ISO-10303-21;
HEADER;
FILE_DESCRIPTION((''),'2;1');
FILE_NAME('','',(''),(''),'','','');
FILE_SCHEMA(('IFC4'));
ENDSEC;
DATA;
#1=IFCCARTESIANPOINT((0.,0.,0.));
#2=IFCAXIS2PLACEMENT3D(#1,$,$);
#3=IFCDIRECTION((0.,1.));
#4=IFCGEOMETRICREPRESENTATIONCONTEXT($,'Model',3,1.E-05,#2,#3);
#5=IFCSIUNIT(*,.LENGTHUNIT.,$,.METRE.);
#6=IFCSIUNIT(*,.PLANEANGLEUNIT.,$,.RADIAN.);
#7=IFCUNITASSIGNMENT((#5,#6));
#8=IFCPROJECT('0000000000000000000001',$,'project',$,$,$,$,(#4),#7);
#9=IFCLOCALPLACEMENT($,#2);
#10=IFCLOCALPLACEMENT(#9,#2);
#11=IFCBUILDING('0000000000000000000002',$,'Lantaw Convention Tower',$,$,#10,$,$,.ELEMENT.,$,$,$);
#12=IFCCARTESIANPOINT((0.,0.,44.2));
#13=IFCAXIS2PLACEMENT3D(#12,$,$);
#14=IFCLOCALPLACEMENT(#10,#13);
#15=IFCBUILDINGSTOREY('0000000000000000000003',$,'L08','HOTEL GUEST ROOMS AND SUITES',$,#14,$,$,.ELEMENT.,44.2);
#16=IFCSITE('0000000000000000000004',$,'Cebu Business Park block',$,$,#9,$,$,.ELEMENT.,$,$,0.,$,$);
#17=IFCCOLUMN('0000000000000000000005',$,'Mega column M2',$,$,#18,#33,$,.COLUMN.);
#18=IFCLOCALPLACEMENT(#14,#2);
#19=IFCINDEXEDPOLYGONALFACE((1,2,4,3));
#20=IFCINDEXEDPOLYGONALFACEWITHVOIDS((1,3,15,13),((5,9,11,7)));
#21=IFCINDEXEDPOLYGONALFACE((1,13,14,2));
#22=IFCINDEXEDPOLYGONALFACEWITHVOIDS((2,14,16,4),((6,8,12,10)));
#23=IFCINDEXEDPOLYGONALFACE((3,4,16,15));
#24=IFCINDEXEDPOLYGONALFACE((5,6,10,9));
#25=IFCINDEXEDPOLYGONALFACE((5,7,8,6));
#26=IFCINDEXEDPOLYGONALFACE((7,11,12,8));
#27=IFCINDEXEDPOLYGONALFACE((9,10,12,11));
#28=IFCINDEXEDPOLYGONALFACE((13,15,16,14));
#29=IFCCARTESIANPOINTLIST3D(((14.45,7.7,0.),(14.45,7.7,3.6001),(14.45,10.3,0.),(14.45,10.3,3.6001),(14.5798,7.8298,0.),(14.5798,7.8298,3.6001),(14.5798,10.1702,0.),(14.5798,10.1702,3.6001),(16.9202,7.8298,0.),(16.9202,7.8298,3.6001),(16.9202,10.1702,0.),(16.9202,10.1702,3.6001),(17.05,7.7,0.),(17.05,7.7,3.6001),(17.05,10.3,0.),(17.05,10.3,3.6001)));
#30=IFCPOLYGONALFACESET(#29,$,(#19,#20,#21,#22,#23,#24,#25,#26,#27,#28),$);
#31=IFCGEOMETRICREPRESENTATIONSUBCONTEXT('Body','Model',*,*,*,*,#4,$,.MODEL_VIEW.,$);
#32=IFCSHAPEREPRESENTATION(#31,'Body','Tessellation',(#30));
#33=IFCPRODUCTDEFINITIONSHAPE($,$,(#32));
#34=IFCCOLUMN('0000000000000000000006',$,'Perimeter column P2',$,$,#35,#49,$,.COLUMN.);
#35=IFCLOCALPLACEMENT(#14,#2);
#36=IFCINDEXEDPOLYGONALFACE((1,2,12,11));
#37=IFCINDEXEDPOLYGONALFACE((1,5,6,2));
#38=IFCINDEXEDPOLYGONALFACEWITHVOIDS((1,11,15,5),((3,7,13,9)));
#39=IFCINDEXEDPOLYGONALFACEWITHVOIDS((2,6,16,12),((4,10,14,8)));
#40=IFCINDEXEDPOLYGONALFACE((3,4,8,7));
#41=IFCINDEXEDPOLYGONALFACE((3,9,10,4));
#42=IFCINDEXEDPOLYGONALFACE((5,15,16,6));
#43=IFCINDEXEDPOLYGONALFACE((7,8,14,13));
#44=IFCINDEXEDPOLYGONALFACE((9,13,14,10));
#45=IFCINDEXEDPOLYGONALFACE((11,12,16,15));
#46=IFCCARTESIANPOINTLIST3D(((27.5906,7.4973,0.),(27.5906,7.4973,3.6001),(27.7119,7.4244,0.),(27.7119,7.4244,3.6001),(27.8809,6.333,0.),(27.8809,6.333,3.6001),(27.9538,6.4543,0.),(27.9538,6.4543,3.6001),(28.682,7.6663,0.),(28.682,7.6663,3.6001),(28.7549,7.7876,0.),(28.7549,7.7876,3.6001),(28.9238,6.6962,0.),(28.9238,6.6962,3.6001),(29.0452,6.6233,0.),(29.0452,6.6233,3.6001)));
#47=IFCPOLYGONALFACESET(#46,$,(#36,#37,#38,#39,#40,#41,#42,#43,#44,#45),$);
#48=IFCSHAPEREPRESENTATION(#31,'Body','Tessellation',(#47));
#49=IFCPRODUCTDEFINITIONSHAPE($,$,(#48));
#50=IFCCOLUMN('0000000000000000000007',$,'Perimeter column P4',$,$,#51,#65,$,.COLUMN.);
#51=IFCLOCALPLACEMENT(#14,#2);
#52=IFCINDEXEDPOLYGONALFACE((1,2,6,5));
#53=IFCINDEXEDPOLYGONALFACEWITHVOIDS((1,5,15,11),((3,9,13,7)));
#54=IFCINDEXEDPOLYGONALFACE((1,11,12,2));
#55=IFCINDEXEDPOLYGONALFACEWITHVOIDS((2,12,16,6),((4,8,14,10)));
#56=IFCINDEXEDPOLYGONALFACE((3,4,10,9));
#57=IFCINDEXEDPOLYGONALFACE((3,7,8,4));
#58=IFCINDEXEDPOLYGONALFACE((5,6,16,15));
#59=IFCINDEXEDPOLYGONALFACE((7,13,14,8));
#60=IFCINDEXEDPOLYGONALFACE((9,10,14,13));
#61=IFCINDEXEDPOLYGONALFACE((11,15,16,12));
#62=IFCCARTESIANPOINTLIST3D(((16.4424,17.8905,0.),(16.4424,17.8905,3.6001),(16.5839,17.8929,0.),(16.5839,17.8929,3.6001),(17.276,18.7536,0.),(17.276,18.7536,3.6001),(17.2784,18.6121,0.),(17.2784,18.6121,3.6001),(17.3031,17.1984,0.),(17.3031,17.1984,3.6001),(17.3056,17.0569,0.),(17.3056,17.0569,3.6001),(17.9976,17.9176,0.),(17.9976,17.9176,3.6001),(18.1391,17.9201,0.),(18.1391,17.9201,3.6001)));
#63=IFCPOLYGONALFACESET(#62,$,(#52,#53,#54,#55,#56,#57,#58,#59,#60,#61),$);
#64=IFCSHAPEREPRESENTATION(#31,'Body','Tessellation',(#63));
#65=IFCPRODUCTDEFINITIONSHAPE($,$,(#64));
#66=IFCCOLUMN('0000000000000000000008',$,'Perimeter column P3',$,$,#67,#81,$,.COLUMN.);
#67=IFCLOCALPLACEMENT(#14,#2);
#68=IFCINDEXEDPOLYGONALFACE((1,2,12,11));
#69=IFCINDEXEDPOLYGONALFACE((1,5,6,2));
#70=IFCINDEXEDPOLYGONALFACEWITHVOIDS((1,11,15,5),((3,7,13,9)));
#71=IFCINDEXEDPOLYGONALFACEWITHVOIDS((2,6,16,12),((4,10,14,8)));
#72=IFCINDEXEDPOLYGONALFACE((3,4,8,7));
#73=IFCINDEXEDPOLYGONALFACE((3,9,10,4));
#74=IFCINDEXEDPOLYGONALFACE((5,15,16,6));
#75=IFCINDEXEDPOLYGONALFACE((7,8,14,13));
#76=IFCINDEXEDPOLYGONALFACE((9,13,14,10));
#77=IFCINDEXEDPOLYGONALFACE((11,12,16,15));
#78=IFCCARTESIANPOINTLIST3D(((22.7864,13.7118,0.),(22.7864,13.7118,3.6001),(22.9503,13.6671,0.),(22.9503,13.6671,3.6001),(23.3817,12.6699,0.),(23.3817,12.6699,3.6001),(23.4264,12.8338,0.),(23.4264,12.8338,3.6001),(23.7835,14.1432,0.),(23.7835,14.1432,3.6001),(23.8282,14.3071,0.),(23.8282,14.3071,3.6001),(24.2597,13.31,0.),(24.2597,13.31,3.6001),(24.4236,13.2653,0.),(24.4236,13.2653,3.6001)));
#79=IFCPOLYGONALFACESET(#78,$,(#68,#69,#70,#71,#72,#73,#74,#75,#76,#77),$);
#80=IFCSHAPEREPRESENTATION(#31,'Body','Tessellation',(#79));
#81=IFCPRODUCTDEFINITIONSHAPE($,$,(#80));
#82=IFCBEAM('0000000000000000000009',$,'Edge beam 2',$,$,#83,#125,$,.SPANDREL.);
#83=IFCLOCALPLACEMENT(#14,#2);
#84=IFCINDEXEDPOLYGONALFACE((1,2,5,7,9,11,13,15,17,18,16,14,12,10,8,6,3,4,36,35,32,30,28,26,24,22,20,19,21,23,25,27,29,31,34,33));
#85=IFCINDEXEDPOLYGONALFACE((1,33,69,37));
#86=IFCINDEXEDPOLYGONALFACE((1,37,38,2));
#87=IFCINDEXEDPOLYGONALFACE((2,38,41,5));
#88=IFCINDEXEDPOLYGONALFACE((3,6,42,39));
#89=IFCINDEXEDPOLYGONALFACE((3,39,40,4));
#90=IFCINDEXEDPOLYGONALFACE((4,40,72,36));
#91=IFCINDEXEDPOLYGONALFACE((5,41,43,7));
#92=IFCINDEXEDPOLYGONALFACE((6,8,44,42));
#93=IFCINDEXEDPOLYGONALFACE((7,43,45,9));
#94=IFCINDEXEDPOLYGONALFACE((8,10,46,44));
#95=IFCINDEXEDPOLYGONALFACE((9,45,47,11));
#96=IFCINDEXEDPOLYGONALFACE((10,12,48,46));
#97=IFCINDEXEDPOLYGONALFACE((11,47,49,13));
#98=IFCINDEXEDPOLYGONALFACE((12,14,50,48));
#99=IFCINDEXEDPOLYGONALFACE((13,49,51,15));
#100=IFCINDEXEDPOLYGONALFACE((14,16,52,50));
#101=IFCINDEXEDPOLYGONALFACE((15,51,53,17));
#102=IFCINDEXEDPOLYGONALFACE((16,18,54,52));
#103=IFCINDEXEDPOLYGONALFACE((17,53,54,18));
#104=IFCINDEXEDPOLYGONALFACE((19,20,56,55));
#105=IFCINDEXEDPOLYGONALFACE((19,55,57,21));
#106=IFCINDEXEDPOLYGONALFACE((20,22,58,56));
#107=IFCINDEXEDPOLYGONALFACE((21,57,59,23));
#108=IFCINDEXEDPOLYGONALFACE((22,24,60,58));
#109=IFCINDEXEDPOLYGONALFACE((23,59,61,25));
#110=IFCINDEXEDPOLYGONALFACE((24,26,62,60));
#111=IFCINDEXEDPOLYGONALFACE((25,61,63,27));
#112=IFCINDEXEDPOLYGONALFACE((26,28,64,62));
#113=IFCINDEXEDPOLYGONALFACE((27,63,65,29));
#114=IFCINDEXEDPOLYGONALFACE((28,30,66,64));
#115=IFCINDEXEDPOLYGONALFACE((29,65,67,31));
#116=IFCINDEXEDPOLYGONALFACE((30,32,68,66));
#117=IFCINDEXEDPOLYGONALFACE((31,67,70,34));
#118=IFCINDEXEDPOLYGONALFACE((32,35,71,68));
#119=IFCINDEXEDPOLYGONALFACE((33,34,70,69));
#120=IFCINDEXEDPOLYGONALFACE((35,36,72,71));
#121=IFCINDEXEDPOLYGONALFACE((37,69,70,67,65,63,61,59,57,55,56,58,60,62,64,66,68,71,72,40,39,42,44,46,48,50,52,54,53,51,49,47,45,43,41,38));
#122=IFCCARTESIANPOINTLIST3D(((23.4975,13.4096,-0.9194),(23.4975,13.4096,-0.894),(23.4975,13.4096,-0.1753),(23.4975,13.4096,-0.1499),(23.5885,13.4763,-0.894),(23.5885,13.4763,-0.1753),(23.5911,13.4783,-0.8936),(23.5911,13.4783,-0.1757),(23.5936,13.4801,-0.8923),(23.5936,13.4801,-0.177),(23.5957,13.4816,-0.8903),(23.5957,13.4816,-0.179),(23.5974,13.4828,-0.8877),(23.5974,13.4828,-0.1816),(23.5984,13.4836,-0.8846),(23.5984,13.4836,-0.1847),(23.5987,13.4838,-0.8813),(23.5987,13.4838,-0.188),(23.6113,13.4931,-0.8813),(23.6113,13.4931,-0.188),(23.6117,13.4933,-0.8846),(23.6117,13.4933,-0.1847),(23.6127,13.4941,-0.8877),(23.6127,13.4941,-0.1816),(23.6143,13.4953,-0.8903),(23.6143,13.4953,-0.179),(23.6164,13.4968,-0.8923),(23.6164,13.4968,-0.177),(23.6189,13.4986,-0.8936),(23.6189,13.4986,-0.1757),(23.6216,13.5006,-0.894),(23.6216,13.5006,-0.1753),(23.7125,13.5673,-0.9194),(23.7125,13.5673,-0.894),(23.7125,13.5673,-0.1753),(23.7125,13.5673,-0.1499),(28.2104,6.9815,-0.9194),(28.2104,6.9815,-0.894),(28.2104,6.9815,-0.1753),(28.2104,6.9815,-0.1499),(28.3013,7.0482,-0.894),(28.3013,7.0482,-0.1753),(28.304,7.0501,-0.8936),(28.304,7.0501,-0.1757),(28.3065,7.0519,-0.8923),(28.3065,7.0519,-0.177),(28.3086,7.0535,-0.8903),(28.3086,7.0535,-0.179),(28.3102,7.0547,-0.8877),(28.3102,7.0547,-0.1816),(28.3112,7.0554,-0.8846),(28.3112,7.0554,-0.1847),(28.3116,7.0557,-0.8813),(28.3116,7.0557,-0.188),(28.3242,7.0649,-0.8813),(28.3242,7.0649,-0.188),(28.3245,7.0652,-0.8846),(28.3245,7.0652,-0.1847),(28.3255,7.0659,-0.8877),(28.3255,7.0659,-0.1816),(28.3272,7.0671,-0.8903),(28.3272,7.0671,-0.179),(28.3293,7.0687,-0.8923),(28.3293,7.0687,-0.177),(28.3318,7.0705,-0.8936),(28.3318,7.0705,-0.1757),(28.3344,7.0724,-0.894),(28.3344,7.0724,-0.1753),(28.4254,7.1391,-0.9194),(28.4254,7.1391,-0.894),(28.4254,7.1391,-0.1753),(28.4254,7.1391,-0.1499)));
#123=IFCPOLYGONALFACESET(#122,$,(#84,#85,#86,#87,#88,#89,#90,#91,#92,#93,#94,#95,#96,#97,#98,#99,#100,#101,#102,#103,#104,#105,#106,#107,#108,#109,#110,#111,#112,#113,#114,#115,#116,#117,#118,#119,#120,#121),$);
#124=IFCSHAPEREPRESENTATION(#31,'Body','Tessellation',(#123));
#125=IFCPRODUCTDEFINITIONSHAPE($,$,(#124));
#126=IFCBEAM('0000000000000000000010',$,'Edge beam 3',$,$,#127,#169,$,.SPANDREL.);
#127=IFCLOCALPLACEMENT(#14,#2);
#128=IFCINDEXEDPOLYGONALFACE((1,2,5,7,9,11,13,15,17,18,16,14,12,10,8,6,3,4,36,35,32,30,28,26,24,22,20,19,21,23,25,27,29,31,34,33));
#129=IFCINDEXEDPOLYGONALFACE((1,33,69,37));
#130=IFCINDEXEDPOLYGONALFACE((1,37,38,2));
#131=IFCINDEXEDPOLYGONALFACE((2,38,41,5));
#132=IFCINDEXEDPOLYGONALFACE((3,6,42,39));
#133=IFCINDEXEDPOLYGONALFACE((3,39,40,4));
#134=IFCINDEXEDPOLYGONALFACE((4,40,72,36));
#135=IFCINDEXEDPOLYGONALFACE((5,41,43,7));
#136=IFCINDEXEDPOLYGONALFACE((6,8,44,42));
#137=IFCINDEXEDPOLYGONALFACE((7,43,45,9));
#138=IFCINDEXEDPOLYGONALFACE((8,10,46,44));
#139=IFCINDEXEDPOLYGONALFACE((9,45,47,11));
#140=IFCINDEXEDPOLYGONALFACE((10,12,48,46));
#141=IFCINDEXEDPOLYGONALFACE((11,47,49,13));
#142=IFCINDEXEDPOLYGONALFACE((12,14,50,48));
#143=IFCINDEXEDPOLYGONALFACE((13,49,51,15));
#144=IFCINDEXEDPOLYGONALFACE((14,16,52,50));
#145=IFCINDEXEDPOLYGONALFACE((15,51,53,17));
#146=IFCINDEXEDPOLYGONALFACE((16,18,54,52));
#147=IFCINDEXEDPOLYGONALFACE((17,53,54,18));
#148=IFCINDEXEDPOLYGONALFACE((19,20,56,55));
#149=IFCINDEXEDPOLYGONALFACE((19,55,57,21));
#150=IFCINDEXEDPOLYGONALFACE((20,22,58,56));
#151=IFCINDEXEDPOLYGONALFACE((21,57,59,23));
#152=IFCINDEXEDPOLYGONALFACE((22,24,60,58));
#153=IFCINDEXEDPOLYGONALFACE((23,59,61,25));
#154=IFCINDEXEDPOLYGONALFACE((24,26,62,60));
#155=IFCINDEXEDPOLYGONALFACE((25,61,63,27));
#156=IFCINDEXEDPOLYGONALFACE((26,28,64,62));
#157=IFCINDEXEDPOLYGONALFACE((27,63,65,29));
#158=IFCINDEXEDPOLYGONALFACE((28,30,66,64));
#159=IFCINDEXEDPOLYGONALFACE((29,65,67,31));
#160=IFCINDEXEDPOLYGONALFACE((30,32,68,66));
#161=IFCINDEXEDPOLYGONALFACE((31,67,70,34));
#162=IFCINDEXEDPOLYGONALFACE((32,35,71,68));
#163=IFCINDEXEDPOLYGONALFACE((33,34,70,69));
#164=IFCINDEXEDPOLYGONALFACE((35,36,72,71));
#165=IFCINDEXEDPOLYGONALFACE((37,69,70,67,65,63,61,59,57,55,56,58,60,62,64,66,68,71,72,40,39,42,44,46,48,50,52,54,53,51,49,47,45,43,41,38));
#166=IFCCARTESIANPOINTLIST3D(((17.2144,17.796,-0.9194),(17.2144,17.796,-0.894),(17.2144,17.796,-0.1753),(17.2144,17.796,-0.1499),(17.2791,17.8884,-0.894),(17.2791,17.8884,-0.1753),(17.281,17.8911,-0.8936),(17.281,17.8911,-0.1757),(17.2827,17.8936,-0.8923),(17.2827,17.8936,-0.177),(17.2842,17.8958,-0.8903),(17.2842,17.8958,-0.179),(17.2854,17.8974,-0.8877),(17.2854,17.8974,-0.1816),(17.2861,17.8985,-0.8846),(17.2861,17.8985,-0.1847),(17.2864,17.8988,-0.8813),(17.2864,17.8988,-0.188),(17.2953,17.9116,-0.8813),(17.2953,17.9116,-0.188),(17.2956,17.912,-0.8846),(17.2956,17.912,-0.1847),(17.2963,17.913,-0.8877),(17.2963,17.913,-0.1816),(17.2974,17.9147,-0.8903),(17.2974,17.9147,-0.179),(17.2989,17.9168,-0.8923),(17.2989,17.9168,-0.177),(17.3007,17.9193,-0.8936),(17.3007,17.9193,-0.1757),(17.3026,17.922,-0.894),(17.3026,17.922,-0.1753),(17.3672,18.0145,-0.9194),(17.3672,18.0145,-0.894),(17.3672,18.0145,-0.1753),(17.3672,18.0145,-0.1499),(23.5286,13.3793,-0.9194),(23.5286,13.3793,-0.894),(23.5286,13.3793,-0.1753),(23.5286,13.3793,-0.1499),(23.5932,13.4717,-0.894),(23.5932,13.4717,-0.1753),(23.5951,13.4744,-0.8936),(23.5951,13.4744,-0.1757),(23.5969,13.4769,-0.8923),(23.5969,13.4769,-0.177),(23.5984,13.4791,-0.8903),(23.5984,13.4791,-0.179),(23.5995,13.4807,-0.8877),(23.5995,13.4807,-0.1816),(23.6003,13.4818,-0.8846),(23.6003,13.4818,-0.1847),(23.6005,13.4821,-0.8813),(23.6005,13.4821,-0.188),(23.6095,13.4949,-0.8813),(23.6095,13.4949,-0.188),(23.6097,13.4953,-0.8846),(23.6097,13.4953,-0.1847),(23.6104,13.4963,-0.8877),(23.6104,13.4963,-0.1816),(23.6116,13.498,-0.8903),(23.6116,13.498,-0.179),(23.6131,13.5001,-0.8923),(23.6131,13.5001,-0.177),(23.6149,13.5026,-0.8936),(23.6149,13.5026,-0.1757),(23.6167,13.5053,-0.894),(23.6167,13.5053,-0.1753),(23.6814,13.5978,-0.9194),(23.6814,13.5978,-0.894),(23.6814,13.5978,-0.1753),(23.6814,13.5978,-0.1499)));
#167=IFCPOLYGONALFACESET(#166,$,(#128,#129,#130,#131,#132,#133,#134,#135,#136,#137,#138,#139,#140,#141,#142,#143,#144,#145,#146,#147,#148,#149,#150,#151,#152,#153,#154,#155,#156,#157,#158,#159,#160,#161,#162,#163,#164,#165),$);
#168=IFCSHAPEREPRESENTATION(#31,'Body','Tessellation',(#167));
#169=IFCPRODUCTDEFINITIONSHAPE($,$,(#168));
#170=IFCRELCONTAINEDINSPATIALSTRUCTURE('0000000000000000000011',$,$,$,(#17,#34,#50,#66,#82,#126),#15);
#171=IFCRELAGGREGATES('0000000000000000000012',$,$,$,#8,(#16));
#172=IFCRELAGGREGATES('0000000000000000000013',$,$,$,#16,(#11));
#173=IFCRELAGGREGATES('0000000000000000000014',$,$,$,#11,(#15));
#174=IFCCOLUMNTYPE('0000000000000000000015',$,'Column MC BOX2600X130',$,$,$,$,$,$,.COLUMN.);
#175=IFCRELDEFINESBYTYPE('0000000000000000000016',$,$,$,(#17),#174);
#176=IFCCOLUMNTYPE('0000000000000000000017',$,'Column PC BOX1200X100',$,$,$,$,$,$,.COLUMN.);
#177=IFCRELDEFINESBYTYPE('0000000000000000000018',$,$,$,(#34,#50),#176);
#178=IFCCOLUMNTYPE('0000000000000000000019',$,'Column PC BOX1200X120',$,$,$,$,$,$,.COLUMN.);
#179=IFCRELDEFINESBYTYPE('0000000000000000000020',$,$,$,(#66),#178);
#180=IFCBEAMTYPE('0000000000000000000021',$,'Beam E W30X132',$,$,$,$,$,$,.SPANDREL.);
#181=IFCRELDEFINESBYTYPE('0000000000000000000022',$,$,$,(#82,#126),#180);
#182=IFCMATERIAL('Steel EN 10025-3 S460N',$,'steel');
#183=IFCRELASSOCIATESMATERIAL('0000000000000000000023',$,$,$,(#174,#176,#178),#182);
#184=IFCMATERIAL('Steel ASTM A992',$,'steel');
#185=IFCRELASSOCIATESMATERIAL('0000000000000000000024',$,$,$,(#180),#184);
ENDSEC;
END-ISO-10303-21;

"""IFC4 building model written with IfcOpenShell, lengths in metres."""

from ifc_helpers import new_model, si_unit, direction, frame, origin, origin_2d, place, context, subcontext, project, spatial, rectangle, hollow_rectangle, i_section, extrude, material, material_profile, profile_set, type_object, element, save


model = new_model("IFC4")

# Units and contexts
model_context = context("Model", 3, precision=1e-05, world=origin(), true_north=direction((0.0, 1.0)))
body_context = subcontext(model_context, "Body", "Model", "MODEL_VIEW")
ifc_project = project(units=[si_unit("LENGTHUNIT", "METRE"), si_unit("PLANEANGLEUNIT", "RADIAN")], contexts=[model_context])

# Site, building, storey
site_placement = place(None, origin())
site = spatial("IfcSite", under=ifc_project, at=site_placement, Name="Cebu Business Park block", CompositionType="ELEMENT", RefElevation=0.0)
building_placement = place(site_placement, origin())
building = spatial("IfcBuilding", under=site, at=building_placement, Name="Lantaw Convention Tower", CompositionType="ELEMENT")
storey_placement = place(building_placement, frame((0.0, 0.0, 44.2)))
storey = spatial("IfcBuildingStorey", under=building, at=storey_placement, Name="L08", Description="HOTEL GUEST ROOMS AND SUITES", CompositionType="ELEMENT", Elevation=44.2)

# Columns
ifc_material_1 = material(Name="Steel EN 10025-3 S460N", Category="steel")
ifc_material_profile_1 = material_profile(ifc_material_1, hollow_rectangle(XDim=2.6001, YDim=2.6001, WallThickness=0.1299, at=origin_2d()), Name="BOX2600X130")
ifc_material_2 = material(Name="Concrete C60/75", Category="concrete")
ifc_material_profile_2 = material_profile(ifc_material_2, rectangle(XDim=2.3401, YDim=2.3401, at=origin_2d()), Name="Concrete fill of BOX2600X130")
ifc_profile_set_1 = profile_set([ifc_material_profile_1, ifc_material_profile_2], Name="Steel EN 10025-3 S460N")
column_type_1 = type_object("IfcColumnType", Name="Column MC BOX2600X130", PredefinedType="COLUMN", material=ifc_profile_set_1)
column_1_placement = place(storey_placement, frame((15.75, 9.0, 0.0), z_axis=(0.0, 0.0, 1.0), x_axis=(1.0, 0.0, 0.0)))
element("IfcColumn", 1, at=column_1_placement, inside=storey, type_object=column_type_1, Name="Mega column M2", PredefinedType="COLUMN", context=body_context, shape_type="SweptSolid", body=[
    extrude(hollow_rectangle(XDim=2.6001, YDim=2.6001, WallThickness=0.1299, at=origin_2d()), origin(), (0.0, 0.0, 1.0), 3.6001),
])
ifc_material_profile_3 = material_profile(ifc_material_1, hollow_rectangle(XDim=1.2, YDim=1.2, WallThickness=0.1001, at=origin_2d()), Name="BOX1200X100")
ifc_material_profile_4 = material_profile(ifc_material_2, rectangle(XDim=1.0, YDim=1.0, at=origin_2d()), Name="Concrete fill of BOX1200X100")
ifc_profile_set_2 = profile_set([ifc_material_profile_3, ifc_material_profile_4], Name="Steel EN 10025-3 S460N")
column_type_2 = type_object("IfcColumnType", Name="Column PC BOX1200X100", PredefinedType="COLUMN", material=ifc_profile_set_2)
for number, where, z_axis, x_axis, name in (
    (2, (28.3179, 7.0603, 0.0), (0.0, 0.0, 1.0), (0.970296, 0.241922, 0.0), "Perimeter column P2"),
    (3, (17.2908, 17.9053, 0.0), (0.0, 0.0, 1.0), (0.694658, 0.71934, 0.0), "Perimeter column P4"),
):
    element("IfcColumn", number, at=place(storey_placement, frame(where, z_axis=z_axis, x_axis=x_axis)), inside=storey, type_object=column_type_2, Name=name, PredefinedType="COLUMN", context=body_context, shape_type="SweptSolid", body=[
        extrude(hollow_rectangle(XDim=1.2, YDim=1.2, WallThickness=0.1001, at=origin_2d()), origin(), (0.0, 0.0, 1.0), 3.6001),
    ])
ifc_material_profile_5 = material_profile(ifc_material_1, hollow_rectangle(XDim=1.2, YDim=1.2, WallThickness=0.1201, at=origin_2d()), Name="BOX1200X120")
ifc_material_profile_6 = material_profile(ifc_material_2, rectangle(XDim=0.96, YDim=0.96, at=origin_2d()), Name="Concrete fill of BOX1200X120")
ifc_profile_set_3 = profile_set([ifc_material_profile_5, ifc_material_profile_6], Name="Steel EN 10025-3 S460N")
column_type_3 = type_object("IfcColumnType", Name="Column PC BOX1200X120", PredefinedType="COLUMN", material=ifc_profile_set_3)
column_2_placement = place(storey_placement, frame((23.605, 13.4885, 0.0), z_axis=(0.0, 0.0, 1.0), x_axis=(0.868243, 0.496139, 0.0)))
element("IfcColumn", 4, at=column_2_placement, inside=storey, type_object=column_type_3, Name="Perimeter column P3", PredefinedType="COLUMN", context=body_context, shape_type="SweptSolid", body=[
    extrude(hollow_rectangle(XDim=1.2, YDim=1.2, WallThickness=0.1201, at=origin_2d()), origin(), (0.0, 0.0, 1.0), 3.6001),
])

# Beams
ifc_material_3 = material(Name="Steel ASTM A992", Category="steel")
ifc_material_profile_7 = material_profile(ifc_material_3, i_section(OverallWidth=0.2666, OverallDepth=0.7695, WebThickness=0.0156, FlangeThickness=0.0254, FilletRadius=0.0127, at=origin_2d()), Name="W30X132")
ifc_profile_set_4 = profile_set([ifc_material_profile_7], Name="Steel ASTM A992")
beam_type_1 = type_object("IfcBeamType", Name="Beam E W30X132", PredefinedType="SPANDREL", material=ifc_profile_set_4)
beam_1_placement = place(storey_placement, frame((28.3179, 7.0603, -0.5347), z_axis=(-0.591271, 0.806473, 0.0), x_axis=(-0.806473, -0.591271, 0.0)))
element("IfcBeam", 5, at=beam_1_placement, inside=storey, type_object=beam_type_1, Name="Edge beam 2", PredefinedType="SPANDREL", context=body_context, shape_type="SweptSolid", body=[
    extrude(i_section(OverallWidth=0.2666, OverallDepth=0.7695, WebThickness=0.0156, FlangeThickness=0.0254, FilletRadius=0.0127, at=origin_2d()), origin(), (0.0, 0.0, 1.0), 7.9707),
])
beam_2_placement = place(storey_placement, frame((23.605, 13.4885, -0.5347), z_axis=(-0.819427, 0.573184, 0.0), x_axis=(-0.573184, -0.819427, 0.0)))
element("IfcBeam", 6, at=beam_2_placement, inside=storey, type_object=beam_type_1, Name="Edge beam 3", PredefinedType="SPANDREL", context=body_context, shape_type="SweptSolid", body=[
    extrude(i_section(OverallWidth=0.2666, OverallDepth=0.7695, WebThickness=0.0156, FlangeThickness=0.0254, FilletRadius=0.0127, at=origin_2d()), origin(), (0.0, 0.0, 1.0), 7.7056),
])

save(model, "model.ifc")
